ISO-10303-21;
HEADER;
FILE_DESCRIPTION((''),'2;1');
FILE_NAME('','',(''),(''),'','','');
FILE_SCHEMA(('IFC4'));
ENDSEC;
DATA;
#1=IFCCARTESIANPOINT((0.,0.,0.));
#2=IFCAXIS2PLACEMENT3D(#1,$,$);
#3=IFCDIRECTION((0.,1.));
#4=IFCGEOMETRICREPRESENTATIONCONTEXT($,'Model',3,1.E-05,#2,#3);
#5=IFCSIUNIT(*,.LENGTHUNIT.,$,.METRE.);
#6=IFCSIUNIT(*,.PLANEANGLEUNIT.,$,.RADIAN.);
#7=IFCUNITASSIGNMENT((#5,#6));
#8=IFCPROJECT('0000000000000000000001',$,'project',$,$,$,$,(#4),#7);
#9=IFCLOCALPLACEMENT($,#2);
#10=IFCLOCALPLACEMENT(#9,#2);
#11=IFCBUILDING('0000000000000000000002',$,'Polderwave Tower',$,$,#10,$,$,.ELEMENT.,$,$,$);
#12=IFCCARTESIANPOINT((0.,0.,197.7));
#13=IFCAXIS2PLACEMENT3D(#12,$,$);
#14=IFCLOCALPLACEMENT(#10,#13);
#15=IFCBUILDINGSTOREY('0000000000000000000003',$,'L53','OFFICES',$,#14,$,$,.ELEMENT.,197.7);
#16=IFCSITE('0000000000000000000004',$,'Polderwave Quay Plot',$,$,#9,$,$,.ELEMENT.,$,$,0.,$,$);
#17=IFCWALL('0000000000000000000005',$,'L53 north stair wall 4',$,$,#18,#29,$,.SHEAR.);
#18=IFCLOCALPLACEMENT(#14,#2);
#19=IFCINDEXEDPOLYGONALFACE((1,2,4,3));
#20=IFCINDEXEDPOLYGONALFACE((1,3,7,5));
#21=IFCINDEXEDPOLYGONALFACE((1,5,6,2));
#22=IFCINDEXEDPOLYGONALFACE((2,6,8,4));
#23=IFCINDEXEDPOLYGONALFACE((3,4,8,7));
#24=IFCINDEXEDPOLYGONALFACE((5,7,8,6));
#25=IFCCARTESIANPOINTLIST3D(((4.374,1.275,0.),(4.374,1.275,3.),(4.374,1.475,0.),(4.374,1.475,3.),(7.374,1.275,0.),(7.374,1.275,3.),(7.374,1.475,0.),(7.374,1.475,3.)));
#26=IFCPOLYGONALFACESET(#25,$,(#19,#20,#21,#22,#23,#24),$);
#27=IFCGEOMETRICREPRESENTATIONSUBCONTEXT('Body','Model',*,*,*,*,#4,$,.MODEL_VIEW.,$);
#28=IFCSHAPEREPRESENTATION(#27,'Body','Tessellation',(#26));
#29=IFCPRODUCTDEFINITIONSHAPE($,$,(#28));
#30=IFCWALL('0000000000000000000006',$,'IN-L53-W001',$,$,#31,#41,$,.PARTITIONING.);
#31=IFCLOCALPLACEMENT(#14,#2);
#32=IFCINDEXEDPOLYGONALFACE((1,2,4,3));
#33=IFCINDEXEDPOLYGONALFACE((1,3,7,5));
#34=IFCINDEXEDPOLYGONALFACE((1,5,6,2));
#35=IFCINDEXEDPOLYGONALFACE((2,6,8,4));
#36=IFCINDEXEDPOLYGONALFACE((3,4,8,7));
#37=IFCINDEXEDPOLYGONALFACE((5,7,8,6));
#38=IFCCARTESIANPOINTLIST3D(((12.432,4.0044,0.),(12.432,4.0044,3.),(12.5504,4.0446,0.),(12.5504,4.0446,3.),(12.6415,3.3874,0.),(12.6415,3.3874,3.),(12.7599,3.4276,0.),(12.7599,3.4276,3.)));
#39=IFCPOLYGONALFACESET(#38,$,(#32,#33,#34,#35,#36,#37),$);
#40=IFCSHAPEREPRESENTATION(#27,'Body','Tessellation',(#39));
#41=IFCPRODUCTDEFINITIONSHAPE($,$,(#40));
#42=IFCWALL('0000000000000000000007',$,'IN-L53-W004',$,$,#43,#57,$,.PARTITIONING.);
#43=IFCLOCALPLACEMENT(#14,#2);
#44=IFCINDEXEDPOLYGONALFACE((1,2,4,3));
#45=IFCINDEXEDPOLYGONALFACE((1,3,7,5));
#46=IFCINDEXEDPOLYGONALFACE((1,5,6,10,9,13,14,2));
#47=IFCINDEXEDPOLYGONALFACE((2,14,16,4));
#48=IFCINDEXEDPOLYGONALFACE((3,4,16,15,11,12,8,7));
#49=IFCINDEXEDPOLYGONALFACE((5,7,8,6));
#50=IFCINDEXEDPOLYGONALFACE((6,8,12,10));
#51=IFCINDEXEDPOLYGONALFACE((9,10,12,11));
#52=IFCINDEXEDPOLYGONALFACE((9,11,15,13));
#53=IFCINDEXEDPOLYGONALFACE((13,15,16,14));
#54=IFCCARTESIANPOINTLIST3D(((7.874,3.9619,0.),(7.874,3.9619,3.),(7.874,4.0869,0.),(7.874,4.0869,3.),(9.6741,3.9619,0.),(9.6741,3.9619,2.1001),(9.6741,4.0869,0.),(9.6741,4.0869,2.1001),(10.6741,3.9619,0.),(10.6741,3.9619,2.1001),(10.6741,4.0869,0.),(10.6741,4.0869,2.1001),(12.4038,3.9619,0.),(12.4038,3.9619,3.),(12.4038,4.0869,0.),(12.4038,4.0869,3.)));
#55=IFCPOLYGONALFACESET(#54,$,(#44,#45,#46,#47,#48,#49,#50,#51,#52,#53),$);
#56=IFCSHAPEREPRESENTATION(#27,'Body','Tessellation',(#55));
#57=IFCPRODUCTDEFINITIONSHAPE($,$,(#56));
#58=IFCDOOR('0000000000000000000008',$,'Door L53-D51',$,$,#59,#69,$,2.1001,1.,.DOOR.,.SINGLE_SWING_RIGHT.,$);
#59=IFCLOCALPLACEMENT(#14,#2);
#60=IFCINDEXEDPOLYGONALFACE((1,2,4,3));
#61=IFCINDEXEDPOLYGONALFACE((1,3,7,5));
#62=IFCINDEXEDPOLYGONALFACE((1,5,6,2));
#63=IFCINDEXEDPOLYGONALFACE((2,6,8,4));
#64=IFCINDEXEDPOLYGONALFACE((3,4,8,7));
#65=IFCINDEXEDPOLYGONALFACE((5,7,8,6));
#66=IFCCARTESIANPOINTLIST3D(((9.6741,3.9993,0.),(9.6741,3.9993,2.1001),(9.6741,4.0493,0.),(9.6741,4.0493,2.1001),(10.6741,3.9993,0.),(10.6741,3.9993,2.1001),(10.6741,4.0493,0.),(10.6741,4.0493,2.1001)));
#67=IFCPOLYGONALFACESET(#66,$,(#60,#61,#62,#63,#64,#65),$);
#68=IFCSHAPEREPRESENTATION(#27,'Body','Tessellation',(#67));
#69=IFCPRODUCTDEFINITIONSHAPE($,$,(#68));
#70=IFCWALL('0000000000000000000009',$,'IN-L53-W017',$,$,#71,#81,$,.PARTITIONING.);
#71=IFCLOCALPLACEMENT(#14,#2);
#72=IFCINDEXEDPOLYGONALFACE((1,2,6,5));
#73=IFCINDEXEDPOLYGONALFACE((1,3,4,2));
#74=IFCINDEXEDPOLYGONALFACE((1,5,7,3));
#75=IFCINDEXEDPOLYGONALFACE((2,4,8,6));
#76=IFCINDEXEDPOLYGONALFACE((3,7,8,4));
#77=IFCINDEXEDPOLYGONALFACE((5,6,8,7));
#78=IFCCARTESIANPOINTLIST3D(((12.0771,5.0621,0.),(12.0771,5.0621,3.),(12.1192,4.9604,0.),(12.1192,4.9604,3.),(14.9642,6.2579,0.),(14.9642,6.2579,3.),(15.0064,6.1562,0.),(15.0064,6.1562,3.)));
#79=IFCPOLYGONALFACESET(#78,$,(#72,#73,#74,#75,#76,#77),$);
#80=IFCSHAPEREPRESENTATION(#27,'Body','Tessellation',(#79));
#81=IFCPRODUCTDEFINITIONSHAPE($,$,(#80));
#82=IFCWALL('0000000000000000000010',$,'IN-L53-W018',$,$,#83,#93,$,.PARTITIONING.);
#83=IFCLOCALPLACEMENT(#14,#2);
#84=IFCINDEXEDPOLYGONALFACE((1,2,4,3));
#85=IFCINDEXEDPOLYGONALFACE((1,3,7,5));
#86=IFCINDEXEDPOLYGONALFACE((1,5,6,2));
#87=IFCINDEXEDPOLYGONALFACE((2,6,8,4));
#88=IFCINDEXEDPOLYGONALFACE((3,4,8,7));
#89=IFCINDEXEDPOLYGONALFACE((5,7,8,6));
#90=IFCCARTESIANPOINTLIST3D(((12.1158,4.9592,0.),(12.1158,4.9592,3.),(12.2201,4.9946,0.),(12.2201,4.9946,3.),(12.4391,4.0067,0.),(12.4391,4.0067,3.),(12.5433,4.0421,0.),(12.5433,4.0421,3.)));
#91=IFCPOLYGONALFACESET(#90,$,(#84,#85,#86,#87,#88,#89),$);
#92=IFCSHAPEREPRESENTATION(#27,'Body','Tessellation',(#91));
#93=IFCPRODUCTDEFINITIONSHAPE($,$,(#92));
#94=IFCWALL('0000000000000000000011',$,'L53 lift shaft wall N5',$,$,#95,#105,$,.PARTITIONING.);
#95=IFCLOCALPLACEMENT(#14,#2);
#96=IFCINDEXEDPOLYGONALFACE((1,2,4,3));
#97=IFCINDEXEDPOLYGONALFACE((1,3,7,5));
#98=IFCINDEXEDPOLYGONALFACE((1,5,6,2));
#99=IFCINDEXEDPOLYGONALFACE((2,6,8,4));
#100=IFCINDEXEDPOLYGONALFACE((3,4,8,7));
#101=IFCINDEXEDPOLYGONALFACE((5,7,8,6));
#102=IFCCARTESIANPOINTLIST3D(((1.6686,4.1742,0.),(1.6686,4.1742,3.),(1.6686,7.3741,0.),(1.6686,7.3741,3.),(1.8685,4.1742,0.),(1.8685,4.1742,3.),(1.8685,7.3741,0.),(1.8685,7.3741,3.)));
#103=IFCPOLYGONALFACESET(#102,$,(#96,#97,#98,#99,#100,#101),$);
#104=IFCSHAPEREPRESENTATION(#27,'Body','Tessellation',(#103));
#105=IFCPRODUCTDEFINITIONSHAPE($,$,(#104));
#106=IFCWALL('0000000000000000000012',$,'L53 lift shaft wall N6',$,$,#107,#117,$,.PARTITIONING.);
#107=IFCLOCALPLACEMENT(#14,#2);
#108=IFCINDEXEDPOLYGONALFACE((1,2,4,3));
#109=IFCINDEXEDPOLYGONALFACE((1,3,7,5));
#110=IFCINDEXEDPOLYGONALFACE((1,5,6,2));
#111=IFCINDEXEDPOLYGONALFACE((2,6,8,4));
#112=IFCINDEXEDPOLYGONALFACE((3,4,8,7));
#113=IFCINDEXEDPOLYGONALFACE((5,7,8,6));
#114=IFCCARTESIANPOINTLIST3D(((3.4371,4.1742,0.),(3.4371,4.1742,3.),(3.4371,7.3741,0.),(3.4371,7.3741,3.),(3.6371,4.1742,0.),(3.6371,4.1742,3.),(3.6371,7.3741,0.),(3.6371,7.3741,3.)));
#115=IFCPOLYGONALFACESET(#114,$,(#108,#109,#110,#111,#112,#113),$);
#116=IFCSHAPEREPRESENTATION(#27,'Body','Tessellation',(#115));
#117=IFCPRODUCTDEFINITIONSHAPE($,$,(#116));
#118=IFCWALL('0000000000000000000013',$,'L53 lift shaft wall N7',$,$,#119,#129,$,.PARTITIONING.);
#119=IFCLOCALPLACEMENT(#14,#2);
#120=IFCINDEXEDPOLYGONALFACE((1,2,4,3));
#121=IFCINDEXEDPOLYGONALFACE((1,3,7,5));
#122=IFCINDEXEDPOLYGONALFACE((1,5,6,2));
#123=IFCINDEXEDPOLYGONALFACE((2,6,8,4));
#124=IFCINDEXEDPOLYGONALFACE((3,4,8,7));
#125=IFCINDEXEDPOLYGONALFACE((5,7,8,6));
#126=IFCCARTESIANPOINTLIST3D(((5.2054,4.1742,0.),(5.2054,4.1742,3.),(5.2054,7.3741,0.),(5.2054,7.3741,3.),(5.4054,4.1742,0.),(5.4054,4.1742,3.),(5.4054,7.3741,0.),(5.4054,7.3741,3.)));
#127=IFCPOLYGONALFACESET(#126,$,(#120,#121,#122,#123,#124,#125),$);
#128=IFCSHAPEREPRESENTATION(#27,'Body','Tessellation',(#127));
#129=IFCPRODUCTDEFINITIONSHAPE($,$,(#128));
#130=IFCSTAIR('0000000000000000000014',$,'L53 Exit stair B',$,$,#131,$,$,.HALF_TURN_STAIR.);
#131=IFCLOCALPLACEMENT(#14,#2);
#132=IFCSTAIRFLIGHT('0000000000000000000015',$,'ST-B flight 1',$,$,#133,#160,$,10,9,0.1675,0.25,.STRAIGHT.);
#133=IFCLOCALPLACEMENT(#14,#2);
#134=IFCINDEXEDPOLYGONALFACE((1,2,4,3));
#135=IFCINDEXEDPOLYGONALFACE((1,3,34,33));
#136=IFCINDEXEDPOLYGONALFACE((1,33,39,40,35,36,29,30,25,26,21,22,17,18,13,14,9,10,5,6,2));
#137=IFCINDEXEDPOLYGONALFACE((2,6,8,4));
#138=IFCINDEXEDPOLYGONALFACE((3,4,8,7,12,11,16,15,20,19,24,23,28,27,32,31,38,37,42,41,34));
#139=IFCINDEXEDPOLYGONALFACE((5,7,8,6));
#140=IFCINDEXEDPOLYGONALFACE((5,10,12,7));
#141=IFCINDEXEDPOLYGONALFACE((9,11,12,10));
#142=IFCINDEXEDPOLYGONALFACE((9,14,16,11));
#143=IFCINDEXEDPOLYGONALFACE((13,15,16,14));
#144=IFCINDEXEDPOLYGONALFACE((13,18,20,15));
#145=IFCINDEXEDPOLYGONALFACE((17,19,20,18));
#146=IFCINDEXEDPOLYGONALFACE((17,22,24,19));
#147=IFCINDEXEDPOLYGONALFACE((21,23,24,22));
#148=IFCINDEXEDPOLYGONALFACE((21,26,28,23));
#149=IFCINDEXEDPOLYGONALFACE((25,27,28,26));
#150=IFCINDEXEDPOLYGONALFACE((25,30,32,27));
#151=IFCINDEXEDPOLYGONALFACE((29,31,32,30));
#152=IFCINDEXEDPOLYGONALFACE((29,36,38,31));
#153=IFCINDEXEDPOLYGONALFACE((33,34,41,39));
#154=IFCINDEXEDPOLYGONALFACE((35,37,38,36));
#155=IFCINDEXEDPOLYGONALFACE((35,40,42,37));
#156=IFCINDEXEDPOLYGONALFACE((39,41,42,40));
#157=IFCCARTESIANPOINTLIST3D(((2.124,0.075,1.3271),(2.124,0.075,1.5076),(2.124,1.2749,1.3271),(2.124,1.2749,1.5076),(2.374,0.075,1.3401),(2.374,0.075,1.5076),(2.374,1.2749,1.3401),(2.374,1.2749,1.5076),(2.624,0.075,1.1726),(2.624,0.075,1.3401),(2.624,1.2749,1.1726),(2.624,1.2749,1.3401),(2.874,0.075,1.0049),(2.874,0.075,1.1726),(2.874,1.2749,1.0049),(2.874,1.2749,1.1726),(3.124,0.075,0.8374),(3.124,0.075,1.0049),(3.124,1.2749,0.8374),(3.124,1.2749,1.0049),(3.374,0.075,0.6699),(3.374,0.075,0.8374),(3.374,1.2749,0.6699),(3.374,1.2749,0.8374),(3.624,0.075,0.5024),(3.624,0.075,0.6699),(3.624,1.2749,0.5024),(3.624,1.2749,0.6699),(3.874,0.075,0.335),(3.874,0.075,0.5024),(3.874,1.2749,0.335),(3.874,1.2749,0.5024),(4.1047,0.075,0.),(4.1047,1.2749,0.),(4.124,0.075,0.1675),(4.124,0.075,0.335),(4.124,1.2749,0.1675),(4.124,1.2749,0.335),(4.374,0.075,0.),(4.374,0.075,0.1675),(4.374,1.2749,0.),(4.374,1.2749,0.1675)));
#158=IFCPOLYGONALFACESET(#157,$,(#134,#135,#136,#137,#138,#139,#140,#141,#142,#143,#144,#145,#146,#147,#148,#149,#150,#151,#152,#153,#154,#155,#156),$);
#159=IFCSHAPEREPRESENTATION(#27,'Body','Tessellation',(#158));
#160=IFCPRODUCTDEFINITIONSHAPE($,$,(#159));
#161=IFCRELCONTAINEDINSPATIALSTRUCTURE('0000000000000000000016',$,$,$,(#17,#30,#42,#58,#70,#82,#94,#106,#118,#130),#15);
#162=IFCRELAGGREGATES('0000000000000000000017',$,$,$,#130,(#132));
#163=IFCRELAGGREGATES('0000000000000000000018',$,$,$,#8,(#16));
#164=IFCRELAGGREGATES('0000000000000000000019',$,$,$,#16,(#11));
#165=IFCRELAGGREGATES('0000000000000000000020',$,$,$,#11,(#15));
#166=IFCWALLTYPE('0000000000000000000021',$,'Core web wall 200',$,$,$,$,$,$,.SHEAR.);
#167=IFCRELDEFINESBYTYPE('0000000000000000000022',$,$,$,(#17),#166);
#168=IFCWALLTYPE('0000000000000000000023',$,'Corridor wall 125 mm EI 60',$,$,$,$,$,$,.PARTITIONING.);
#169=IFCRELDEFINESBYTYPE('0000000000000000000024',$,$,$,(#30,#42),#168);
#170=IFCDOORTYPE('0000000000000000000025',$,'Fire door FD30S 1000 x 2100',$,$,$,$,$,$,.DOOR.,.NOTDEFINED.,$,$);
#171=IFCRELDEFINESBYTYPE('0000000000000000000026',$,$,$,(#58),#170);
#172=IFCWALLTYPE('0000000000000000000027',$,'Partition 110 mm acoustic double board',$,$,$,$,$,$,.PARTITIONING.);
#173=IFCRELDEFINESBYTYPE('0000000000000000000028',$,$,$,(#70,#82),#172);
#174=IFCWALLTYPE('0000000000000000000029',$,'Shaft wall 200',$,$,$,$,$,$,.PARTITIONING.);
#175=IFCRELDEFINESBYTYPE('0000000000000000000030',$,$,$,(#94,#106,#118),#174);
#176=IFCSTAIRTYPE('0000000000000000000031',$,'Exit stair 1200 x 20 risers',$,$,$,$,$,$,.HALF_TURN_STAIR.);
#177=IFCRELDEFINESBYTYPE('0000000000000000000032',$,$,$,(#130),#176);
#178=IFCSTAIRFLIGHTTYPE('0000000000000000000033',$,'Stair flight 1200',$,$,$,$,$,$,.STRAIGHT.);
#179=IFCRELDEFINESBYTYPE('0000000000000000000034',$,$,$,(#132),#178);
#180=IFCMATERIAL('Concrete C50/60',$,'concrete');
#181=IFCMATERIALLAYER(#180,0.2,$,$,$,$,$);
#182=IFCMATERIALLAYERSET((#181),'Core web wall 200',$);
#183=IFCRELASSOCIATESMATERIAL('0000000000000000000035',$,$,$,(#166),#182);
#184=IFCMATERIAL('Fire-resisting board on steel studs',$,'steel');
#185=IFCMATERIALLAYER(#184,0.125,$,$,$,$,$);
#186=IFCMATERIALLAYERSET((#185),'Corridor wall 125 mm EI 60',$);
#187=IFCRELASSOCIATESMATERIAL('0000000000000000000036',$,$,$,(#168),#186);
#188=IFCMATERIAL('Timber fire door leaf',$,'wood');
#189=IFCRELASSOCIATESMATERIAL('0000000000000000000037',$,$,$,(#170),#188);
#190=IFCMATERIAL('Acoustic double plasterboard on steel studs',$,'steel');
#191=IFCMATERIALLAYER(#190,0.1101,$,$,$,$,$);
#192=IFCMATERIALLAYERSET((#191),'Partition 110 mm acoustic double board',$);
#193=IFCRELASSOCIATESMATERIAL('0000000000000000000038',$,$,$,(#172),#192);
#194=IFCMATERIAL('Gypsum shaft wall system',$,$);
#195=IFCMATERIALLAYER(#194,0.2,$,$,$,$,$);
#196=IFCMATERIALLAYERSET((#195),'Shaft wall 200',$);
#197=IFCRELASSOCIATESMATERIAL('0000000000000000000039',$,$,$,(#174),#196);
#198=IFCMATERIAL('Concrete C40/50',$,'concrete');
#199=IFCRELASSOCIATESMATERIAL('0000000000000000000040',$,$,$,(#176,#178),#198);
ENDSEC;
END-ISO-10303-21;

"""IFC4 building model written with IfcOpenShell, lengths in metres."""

from ifc_helpers import new_model, si_unit, direction, frame, frame_2d, origin, place, context, subcontext, project, spatial, polyline, rectangle, outline, extrude, material, layer, layer_set, type_object, element, fill, aggregate, save


model = new_model("IFC4")

# Units and contexts
model_context = context("Model", 3, precision=1e-05, world=origin(), true_north=direction((0.0, 1.0)))
body_context = subcontext(model_context, "Body", "Model", "MODEL_VIEW")
ifc_project = project(units=[si_unit("LENGTHUNIT", "METRE"), si_unit("PLANEANGLEUNIT", "RADIAN")], contexts=[model_context])

# Site, building, storey
site_placement = place(None, origin())
site = spatial("IfcSite", under=ifc_project, at=site_placement, Name="Polderwave Quay Plot", CompositionType="ELEMENT", RefElevation=0.0)
building_placement = place(site_placement, origin())
building = spatial("IfcBuilding", under=site, at=building_placement, Name="Polderwave Tower", CompositionType="ELEMENT")
storey_placement = place(building_placement, frame((0.0, 0.0, 197.7)))
storey = spatial("IfcBuildingStorey", under=building, at=storey_placement, Name="L53", Description="OFFICES", CompositionType="ELEMENT", Elevation=197.7)

# Walls
ifc_material_1 = material(Name="Concrete C50/60", Category="concrete")
ifc_layer_1 = layer(ifc_material_1, 0.2)
ifc_layer_set_1 = layer_set([ifc_layer_1], Name="Core web wall 200")
wall_type_1 = type_object("IfcWallType", Name="Core web wall 200", PredefinedType="SHEAR", material=ifc_layer_set_1)
wall_1_placement = place(storey_placement, frame((4.374, 1.375, 0.0), z_axis=(0.0, 0.0, 1.0), x_axis=(1.0, 0.0, 0.0)))
element("IfcWall", 1, at=wall_1_placement, inside=storey, type_object=wall_type_1, Name="L53 north stair wall 4", PredefinedType="SHEAR", context=body_context, shape_type="SweptSolid", body=[
    extrude(rectangle(XDim=3.0, YDim=0.2, at=frame_2d((1.5, 0.0))), origin(), (0.0, 0.0, 1.0), 3.0),
])
ifc_material_2 = material(Name="Fire-resisting board on steel studs", Category="steel")
ifc_layer_2 = layer(ifc_material_2, 0.125)
ifc_layer_set_2 = layer_set([ifc_layer_2], Name="Corridor wall 125 mm EI 60")
wall_type_2 = type_object("IfcWallType", Name="Corridor wall 125 mm EI 60", PredefinedType="PARTITIONING", material=ifc_layer_set_2)
wall_2_placement = place(storey_placement, frame((12.4912, 4.0244, 0.0), z_axis=(0.0, 0.0, 1.0), x_axis=(0.321506, -0.946907, 0.0)))
element("IfcWall", 2, at=wall_2_placement, inside=storey, type_object=wall_type_2, Name="IN-L53-W001", PredefinedType="PARTITIONING", context=body_context, shape_type="SweptSolid", body=[
    extrude(rectangle(XDim=0.6516, YDim=0.125, at=frame_2d((0.3257, 0.0))), origin(), (0.0, 0.0, 1.0), 3.0),
])

# Wall, opening, door
wall_3_placement = place(storey_placement, frame((7.874, 4.0244, 0.0), z_axis=(0.0, 0.0, 1.0), x_axis=(1.0, 0.0, 0.0)))
wall_3 = element("IfcWall", 3, at=wall_3_placement, inside=storey, type_object=wall_type_2, Name="IN-L53-W004", PredefinedType="PARTITIONING", context=body_context, shape_type="SweptSolid", body=[
    extrude(rectangle(XDim=4.5298, YDim=0.125, at=frame_2d((2.2649, 0.0))), origin(), (0.0, 0.0, 1.0), 3.0),
])
opening_placement = place(wall_3_placement, frame((1.8, 0.0, 0.0)))
opening = element("IfcOpeningElement", 4, at=opening_placement, cuts=wall_3, PredefinedType="OPENING", context=body_context, shape_type="SweptSolid", body=[
    extrude(rectangle(XDim=1.0, YDim=2.1001, at=frame_2d((0.5, 1.05))), frame((0.0, 0.0725, 0.0), z_axis=(0.0, -1.0, 0.0), x_axis=(1.0, 0.0, 0.0)), (0.0, 0.0, 1.0), 0.145),
])
ifc_material_3 = material(Name="Timber fire door leaf", Category="wood")
door_type = type_object("IfcDoorType", Name="Fire door FD30S 1000 x 2100", OperationType="NOTDEFINED", PredefinedType="DOOR", material=ifc_material_3)
door_placement = place(opening_placement, origin())
door = element("IfcDoor", 5, at=door_placement, inside=storey, type_object=door_type, Name="Door L53-D51", OperationType="SINGLE_SWING_RIGHT", OverallHeight=2.1001, OverallWidth=1.0, PredefinedType="DOOR", context=body_context, shape_type="SweptSolid", body=[
    extrude(rectangle(XDim=1.0, YDim=2.1001, at=frame_2d((0.5, 1.05))), frame((0.0, 0.0249, 0.0), z_axis=(0.0, -1.0, 0.0), x_axis=(1.0, 0.0, 0.0)), (0.0, 0.0, 1.0), 0.05),
])
fill(opening, door)

# Walls
ifc_material_4 = material(Name="Acoustic double plasterboard on steel studs", Category="steel")
ifc_layer_3 = layer(ifc_material_4, 0.1101)
ifc_layer_set_3 = layer_set([ifc_layer_3], Name="Partition 110 mm acoustic double board")
wall_type_3 = type_object("IfcWallType", Name="Partition 110 mm acoustic double board", PredefinedType="PARTITIONING", material=ifc_layer_set_3)
wall_4_placement = place(storey_placement, frame((12.0981, 5.0112, 0.0), z_axis=(0.0, 0.0, 1.0), x_axis=(0.923893, 0.382651, 0.0)))
element("IfcWall", 6, at=wall_4_placement, inside=storey, type_object=wall_type_3, Name="IN-L53-W017", PredefinedType="PARTITIONING", context=body_context, shape_type="SweptSolid", body=[
    extrude(rectangle(XDim=3.125, YDim=0.1101, at=frame_2d((1.5625, 0.0))), origin(), (0.0, 0.0, 1.0), 3.0),
])
wall_5_placement = place(storey_placement, frame((12.4912, 4.0244, 0.0), z_axis=(0.0, 0.0, 1.0), x_axis=(-0.321394, 0.946946, 0.0)))
element("IfcWall", 7, at=wall_5_placement, inside=storey, type_object=wall_type_3, Name="IN-L53-W018", PredefinedType="PARTITIONING", context=body_context, shape_type="SweptSolid", body=[
    extrude(rectangle(XDim=1.0059, YDim=0.1101, at=frame_2d((0.5029, 0.0))), origin(), (0.0, 0.0, 1.0), 3.0),
])
ifc_material_5 = material(Name="Gypsum shaft wall system")
ifc_layer_4 = layer(ifc_material_5, 0.2)
ifc_layer_set_4 = layer_set([ifc_layer_4], Name="Shaft wall 200")
wall_type_4 = type_object("IfcWallType", Name="Shaft wall 200", PredefinedType="PARTITIONING", material=ifc_layer_set_4)
for number, where, z_axis, x_axis, name in (
    (8, (1.7686, 4.1741, 0.0), (0.0, 0.0, 1.0), (0.0, 1.0, 0.0), "L53 lift shaft wall N5"),
    (9, (3.5371, 4.1741, 0.0), (0.0, 0.0, 1.0), (0.0, 1.0, 0.0), "L53 lift shaft wall N6"),
    (10, (5.3054, 4.1741, 0.0), (0.0, 0.0, 1.0), (0.0, 1.0, 0.0), "L53 lift shaft wall N7"),
):
    element("IfcWall", number, at=place(storey_placement, frame(where, z_axis=z_axis, x_axis=x_axis)), inside=storey, type_object=wall_type_4, Name=name, PredefinedType="PARTITIONING", context=body_context, shape_type="SweptSolid", body=[
        extrude(rectangle(XDim=3.2, YDim=0.2, at=frame_2d((1.6001, 0.0))), origin(), (0.0, 0.0, 1.0), 3.0),
    ])

# Stair, stair flight
ifc_material_6 = material(Name="Concrete C40/50", Category="concrete")
stair_type = type_object("IfcStairType", Name="Exit stair 1200 x 20 risers", PredefinedType="HALF_TURN_STAIR", material=ifc_material_6)
stair_placement = place(storey_placement, origin())
stair = element("IfcStair", 11, at=stair_placement, inside=storey, type_object=stair_type, Name="L53 Exit stair B", PredefinedType="HALF_TURN_STAIR")
stair_flight_type = type_object("IfcStairFlightType", Name="Stair flight 1200", PredefinedType="STRAIGHT", material=ifc_material_6)
stair_flight_placement = place(storey_placement, frame((4.374, 0.675, 0.0), z_axis=(0.0, 0.0, 1.0), x_axis=(-1.0, 0.0, 0.0)))
stair_flight = element("IfcStairFlight", 12, at=stair_flight_placement, type_object=stair_flight_type, Name="ST-B flight 1", NumberOfRisers=10, NumberOfTreads=9, PredefinedType="STRAIGHT", RiserHeight=0.1675, TreadLength=0.25, context=body_context, shape_type="SweptSolid", body=[
    extrude(outline(polyline([(0.0, 0.0), (0.0, 0.1675), (0.25, 0.1675), (0.25, 0.335), (0.5, 0.335), (0.5, 0.5024), (0.75, 0.5024), (0.75, 0.6699), (1.0, 0.6699), (1.0, 0.8374), (1.25, 0.8374), (1.25, 1.0049), (1.5, 1.0049), (1.5, 1.1726), (1.75, 1.1726), (1.75, 1.3401), (2.0, 1.3401), (2.0, 1.5076), (2.25, 1.5076), (2.25, 1.675), (2.25, 1.3271), (0.2693, 0.0), (0.0, 0.0)])), frame((0.0, 0.6001, 0.0), z_axis=(0.0, -1.0, 0.0), x_axis=(1.0, 0.0, 0.0)), (0.0, 0.0, 1.0), 1.2),
])
aggregate(stair, [stair_flight])

save(model, "model.ifc")
